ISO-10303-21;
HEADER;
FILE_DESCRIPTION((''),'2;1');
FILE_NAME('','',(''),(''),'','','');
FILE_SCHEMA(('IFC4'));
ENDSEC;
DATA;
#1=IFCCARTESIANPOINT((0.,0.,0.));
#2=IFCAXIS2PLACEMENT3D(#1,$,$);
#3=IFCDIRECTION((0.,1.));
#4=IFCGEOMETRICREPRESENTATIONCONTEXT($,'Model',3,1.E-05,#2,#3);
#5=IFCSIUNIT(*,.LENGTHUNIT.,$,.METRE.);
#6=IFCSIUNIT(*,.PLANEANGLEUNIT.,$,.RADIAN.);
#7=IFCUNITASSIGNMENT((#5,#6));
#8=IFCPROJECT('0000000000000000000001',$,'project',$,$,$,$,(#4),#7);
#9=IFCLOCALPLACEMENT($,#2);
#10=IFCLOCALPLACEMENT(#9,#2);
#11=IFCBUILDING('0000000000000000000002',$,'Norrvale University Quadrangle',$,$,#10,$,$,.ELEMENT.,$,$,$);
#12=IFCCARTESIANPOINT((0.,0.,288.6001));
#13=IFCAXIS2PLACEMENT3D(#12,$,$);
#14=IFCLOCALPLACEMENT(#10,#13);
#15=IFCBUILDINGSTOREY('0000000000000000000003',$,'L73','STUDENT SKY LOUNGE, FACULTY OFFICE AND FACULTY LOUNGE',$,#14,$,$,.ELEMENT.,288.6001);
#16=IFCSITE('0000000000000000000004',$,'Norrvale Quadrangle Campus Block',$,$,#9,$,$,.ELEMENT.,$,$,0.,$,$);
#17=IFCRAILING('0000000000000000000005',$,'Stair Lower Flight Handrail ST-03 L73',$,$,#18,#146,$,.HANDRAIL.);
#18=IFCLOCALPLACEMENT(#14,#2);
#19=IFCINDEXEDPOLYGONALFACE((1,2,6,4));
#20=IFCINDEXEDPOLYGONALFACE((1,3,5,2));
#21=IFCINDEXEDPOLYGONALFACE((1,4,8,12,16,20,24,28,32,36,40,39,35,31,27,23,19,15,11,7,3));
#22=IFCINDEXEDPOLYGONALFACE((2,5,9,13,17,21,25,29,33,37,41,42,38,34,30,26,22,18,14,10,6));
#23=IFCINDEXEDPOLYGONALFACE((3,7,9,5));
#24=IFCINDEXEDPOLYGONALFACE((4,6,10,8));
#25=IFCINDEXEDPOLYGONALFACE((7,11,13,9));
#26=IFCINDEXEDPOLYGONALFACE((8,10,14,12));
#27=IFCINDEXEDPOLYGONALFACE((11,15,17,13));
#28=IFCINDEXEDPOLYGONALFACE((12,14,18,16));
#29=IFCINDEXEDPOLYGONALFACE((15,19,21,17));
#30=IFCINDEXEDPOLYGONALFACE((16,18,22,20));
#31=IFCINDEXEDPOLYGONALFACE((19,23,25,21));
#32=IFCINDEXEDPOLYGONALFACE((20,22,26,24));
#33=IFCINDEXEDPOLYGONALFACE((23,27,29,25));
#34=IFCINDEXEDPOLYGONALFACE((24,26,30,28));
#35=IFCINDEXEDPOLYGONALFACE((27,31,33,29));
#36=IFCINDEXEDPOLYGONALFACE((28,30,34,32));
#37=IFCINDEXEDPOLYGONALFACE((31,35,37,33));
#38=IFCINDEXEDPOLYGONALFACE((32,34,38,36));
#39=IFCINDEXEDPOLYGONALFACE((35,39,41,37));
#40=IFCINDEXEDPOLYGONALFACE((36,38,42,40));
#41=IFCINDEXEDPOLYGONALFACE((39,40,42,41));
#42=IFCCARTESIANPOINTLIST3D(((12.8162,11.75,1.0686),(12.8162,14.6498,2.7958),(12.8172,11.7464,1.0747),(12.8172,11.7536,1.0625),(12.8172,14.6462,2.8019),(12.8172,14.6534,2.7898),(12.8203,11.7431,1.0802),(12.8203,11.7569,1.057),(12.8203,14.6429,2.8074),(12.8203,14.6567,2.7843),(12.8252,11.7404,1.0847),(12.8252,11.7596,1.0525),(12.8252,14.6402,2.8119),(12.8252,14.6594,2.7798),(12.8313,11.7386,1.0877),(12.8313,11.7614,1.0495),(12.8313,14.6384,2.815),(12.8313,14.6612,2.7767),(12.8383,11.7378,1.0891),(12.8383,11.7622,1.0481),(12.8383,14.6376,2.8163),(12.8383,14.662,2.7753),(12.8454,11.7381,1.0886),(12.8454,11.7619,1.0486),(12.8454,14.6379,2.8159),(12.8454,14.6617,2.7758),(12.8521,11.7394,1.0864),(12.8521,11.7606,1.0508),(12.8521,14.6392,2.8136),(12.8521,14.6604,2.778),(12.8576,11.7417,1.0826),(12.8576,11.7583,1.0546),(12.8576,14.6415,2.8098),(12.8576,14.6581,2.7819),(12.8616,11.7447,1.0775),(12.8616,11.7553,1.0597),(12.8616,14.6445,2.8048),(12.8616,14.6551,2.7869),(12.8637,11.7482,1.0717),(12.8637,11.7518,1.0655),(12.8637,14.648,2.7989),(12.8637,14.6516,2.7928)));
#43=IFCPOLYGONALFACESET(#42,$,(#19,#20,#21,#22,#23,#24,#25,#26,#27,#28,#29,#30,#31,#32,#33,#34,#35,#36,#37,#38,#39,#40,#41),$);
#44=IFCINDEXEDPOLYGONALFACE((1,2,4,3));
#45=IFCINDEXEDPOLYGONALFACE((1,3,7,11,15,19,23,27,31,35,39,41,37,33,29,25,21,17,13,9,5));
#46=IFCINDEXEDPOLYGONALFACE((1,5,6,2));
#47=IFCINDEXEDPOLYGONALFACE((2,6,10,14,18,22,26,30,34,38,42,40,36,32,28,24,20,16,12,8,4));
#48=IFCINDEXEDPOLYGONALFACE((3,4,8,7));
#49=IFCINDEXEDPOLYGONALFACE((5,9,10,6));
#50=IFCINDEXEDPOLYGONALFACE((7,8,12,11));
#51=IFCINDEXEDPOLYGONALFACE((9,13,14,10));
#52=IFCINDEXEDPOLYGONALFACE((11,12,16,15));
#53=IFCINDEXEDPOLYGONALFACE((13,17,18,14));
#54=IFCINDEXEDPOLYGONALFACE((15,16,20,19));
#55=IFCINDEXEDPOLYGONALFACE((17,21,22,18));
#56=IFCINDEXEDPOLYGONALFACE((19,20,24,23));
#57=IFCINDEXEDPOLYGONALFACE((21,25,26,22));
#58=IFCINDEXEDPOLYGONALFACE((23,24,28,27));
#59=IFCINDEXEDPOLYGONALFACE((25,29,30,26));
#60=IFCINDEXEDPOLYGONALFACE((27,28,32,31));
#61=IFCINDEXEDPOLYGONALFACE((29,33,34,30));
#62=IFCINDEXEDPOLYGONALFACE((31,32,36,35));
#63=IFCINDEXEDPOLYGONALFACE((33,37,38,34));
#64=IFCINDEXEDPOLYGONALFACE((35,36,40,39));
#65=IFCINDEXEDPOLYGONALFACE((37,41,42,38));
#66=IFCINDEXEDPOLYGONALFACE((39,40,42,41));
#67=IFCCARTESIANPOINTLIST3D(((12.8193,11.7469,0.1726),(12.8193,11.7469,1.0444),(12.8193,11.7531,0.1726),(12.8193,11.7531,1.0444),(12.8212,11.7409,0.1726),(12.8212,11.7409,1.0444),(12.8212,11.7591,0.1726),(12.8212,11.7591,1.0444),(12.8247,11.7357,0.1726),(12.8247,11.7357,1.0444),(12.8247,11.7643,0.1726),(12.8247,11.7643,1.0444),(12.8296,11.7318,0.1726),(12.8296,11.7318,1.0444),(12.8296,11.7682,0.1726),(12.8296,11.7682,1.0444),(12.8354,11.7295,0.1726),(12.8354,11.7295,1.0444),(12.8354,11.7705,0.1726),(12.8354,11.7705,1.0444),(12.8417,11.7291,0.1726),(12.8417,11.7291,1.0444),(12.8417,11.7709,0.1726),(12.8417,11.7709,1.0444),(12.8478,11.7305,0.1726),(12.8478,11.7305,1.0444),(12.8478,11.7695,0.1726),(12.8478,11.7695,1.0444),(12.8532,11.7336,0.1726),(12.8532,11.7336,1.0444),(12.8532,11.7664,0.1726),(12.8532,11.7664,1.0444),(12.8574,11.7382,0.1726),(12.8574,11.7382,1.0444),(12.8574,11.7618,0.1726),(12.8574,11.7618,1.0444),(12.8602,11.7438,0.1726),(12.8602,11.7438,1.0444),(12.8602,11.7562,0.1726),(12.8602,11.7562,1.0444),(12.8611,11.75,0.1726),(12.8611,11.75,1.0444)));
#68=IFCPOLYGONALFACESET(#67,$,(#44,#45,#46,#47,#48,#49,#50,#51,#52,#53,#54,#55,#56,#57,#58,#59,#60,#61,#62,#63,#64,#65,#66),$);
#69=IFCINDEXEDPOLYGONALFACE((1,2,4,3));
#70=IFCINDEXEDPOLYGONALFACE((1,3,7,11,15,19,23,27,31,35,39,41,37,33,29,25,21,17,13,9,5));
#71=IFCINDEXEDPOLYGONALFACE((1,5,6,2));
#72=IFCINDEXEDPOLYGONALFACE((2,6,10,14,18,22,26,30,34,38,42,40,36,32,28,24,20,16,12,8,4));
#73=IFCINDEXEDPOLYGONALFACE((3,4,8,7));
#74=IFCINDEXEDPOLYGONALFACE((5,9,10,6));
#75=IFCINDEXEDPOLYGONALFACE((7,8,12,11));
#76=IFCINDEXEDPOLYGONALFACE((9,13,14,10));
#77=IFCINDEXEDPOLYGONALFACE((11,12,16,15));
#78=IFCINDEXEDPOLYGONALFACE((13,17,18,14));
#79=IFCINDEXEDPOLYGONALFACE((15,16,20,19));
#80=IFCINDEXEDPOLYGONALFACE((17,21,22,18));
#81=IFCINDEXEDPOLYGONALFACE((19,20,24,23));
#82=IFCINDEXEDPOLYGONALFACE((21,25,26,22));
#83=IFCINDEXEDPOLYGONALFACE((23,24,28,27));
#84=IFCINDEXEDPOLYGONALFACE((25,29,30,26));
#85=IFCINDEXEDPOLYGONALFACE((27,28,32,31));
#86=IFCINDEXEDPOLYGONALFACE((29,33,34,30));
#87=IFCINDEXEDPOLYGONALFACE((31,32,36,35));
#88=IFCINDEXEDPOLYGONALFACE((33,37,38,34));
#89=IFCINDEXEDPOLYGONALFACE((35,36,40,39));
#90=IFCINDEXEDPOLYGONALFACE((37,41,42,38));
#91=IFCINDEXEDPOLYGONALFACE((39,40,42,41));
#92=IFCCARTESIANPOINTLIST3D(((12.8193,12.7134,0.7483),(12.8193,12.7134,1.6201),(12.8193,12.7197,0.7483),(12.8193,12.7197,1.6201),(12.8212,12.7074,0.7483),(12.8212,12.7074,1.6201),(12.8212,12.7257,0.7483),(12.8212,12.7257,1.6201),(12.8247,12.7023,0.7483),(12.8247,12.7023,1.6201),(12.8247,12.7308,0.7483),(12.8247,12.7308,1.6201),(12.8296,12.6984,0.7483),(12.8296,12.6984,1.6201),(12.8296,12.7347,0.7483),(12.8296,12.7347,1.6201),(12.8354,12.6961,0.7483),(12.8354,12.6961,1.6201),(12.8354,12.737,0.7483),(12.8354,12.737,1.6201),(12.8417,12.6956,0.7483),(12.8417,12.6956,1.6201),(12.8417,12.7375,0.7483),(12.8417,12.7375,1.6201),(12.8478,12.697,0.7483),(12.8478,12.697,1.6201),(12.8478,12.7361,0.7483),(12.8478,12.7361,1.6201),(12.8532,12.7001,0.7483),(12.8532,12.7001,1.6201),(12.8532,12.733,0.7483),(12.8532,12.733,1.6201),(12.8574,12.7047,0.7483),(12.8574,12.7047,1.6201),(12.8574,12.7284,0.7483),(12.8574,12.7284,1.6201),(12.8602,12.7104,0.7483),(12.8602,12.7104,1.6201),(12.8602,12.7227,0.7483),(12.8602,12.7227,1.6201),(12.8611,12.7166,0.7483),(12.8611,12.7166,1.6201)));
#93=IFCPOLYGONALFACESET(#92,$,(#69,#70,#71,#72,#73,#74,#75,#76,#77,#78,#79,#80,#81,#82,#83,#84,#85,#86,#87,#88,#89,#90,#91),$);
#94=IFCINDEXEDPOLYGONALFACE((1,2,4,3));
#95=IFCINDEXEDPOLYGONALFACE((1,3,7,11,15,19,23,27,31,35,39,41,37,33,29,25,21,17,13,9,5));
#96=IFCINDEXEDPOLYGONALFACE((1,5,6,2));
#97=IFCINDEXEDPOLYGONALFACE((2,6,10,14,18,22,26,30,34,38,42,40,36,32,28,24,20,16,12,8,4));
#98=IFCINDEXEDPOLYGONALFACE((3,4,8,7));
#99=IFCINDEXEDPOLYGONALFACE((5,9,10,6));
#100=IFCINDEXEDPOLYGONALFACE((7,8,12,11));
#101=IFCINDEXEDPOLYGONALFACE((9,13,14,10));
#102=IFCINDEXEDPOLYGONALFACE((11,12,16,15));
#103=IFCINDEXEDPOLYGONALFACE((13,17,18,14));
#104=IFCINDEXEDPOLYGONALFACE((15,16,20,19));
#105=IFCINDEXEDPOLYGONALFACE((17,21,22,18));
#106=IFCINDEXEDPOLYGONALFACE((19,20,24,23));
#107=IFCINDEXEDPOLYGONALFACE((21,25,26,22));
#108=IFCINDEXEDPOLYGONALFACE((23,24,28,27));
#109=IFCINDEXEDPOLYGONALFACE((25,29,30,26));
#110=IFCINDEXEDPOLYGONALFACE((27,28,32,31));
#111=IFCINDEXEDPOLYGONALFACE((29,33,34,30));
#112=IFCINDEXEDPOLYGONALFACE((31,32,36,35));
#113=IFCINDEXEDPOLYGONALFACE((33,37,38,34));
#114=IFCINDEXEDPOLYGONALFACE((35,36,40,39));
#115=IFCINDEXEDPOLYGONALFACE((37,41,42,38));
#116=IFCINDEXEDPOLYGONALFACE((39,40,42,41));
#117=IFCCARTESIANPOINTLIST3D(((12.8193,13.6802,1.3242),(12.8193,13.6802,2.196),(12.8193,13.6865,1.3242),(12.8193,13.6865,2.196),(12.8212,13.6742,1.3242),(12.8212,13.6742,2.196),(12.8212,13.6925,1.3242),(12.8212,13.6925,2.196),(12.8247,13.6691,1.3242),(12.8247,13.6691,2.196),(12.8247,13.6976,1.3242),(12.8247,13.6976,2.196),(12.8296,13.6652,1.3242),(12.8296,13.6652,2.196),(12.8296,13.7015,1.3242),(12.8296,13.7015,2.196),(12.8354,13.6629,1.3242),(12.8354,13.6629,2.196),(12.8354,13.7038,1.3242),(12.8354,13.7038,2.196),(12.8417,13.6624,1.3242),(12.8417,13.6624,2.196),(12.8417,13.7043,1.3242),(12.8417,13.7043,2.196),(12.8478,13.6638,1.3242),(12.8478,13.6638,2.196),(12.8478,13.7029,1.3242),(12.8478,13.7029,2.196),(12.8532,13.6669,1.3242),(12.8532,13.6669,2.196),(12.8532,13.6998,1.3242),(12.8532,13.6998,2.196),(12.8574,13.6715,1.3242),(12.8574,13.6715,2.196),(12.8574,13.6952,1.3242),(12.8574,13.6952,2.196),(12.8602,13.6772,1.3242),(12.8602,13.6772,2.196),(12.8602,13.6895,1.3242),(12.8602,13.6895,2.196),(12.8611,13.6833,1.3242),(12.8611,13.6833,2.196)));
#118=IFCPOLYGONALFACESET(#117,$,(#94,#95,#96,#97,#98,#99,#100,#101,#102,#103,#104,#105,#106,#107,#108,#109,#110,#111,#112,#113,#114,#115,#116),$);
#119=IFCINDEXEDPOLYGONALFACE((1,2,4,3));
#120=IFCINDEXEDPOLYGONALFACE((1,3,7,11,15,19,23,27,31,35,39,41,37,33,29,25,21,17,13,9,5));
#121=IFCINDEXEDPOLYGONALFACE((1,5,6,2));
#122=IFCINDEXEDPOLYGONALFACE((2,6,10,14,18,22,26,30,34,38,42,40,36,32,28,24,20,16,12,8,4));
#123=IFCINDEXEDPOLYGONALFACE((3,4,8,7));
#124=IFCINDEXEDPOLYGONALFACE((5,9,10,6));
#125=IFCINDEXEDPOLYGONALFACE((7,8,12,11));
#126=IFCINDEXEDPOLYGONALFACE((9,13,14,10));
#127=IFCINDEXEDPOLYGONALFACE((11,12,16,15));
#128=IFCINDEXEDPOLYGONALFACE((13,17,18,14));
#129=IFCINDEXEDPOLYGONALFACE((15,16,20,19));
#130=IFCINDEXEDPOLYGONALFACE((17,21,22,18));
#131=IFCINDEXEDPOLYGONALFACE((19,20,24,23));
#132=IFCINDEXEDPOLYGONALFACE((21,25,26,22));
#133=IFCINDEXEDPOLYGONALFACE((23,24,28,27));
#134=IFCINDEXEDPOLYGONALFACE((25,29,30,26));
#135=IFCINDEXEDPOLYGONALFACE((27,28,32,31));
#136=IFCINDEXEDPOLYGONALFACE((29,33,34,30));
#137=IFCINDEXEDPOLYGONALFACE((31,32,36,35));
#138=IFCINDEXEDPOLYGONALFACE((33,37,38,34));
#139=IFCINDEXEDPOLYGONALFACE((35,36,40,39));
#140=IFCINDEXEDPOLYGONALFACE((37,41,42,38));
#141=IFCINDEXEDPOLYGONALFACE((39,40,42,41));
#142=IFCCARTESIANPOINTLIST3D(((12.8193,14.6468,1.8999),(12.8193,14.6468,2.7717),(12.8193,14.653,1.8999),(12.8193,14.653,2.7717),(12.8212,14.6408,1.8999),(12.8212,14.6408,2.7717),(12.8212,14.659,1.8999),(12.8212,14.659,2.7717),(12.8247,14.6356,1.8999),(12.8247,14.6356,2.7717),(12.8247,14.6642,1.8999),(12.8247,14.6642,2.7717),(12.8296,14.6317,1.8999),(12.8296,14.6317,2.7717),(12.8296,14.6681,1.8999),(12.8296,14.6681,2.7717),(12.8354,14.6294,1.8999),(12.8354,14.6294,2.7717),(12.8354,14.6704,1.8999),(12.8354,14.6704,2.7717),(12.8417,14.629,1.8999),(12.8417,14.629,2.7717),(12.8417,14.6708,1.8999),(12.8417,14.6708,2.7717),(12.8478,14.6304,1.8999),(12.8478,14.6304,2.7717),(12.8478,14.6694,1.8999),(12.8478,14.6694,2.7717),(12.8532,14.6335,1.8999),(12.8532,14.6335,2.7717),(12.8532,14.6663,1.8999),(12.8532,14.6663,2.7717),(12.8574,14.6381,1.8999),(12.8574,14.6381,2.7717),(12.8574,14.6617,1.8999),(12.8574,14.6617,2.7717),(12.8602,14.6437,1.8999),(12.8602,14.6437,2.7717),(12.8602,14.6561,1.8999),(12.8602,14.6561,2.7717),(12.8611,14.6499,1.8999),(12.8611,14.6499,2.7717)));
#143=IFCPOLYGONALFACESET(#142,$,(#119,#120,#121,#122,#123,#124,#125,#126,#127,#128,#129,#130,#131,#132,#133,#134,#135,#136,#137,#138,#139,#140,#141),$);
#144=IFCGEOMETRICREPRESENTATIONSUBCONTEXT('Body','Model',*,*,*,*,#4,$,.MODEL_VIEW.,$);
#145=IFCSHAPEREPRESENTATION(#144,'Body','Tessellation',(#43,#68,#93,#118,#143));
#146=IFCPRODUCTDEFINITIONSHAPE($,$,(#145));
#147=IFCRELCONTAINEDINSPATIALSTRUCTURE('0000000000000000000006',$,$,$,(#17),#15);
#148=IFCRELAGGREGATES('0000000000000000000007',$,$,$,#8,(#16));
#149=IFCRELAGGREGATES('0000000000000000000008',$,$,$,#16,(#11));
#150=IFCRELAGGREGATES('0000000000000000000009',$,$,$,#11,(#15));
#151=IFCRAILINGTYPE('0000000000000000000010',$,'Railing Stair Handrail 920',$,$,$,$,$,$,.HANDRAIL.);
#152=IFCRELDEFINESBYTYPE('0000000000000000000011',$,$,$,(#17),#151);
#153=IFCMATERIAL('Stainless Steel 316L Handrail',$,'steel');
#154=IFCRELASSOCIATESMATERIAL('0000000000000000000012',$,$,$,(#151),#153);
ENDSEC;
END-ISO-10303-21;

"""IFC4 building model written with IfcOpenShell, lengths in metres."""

from ifc_helpers import new_model, si_unit, direction, frame, origin, origin_2d, place, context, subcontext, project, spatial, circle, extrude, material, type_object, element, save


model = new_model("IFC4")

# Units and contexts
model_context = context("Model", 3, precision=1e-05, world=origin(), true_north=direction((0.0, 1.0)))
body_context = subcontext(model_context, "Body", "Model", "MODEL_VIEW")
ifc_project = project(units=[si_unit("LENGTHUNIT", "METRE"), si_unit("PLANEANGLEUNIT", "RADIAN")], contexts=[model_context])

# Site, building, storey
site_placement = place(None, origin())
site = spatial("IfcSite", under=ifc_project, at=site_placement, Name="Norrvale Quadrangle Campus Block", CompositionType="ELEMENT", RefElevation=0.0)
building_placement = place(site_placement, origin())
building = spatial("IfcBuilding", under=site, at=building_placement, Name="Norrvale University Quadrangle", CompositionType="ELEMENT")
storey_placement = place(building_placement, frame((0.0, 0.0, 288.6001)))
storey = spatial("IfcBuildingStorey", under=building, at=storey_placement, Name="L73", Description="STUDENT SKY LOUNGE, FACULTY OFFICE AND FACULTY LOUNGE", CompositionType="ELEMENT", Elevation=288.6001)

# Railing
ifc_material_1 = material(Name="Stainless Steel 316L Handrail", Category="steel")
railing_type_1 = type_object("IfcRailingType", Name="Railing Stair Handrail 920", PredefinedType="HANDRAIL", material=ifc_material_1)
railing_1_placement = place(storey_placement, frame((12.8401, 11.75, 0.1726)))
element("IfcRailing", 1, at=railing_1_placement, inside=storey, type_object=railing_type_1, Name="Stair Lower Flight Handrail ST-03 L73", PredefinedType="HANDRAIL", context=body_context, shape_type="SweptSolid", body=[
    extrude(circle(Radius=0.0239, at=origin_2d()), frame((0.0, 0.0, 0.896), z_axis=(0.0, 0.859141, 0.511738), x_axis=(-1.0, 0.0, 0.0)), (0.0, 0.0, 1.0), 3.3752),
    extrude(circle(Radius=0.021, at=origin_2d()), origin(), (0.0, 0.0, 1.0), 0.8718),
    extrude(circle(Radius=0.021, at=origin_2d()), frame((0.0, 0.9666, 0.5757)), (0.0, 0.0, 1.0), 0.8718),
    extrude(circle(Radius=0.021, at=origin_2d()), frame((0.0, 1.9333, 1.1516)), (0.0, 0.0, 1.0), 0.8718),
    extrude(circle(Radius=0.021, at=origin_2d()), frame((0.0, 2.8999, 1.7273)), (0.0, 0.0, 1.0), 0.8718),
])

save(model, "model.ifc")
